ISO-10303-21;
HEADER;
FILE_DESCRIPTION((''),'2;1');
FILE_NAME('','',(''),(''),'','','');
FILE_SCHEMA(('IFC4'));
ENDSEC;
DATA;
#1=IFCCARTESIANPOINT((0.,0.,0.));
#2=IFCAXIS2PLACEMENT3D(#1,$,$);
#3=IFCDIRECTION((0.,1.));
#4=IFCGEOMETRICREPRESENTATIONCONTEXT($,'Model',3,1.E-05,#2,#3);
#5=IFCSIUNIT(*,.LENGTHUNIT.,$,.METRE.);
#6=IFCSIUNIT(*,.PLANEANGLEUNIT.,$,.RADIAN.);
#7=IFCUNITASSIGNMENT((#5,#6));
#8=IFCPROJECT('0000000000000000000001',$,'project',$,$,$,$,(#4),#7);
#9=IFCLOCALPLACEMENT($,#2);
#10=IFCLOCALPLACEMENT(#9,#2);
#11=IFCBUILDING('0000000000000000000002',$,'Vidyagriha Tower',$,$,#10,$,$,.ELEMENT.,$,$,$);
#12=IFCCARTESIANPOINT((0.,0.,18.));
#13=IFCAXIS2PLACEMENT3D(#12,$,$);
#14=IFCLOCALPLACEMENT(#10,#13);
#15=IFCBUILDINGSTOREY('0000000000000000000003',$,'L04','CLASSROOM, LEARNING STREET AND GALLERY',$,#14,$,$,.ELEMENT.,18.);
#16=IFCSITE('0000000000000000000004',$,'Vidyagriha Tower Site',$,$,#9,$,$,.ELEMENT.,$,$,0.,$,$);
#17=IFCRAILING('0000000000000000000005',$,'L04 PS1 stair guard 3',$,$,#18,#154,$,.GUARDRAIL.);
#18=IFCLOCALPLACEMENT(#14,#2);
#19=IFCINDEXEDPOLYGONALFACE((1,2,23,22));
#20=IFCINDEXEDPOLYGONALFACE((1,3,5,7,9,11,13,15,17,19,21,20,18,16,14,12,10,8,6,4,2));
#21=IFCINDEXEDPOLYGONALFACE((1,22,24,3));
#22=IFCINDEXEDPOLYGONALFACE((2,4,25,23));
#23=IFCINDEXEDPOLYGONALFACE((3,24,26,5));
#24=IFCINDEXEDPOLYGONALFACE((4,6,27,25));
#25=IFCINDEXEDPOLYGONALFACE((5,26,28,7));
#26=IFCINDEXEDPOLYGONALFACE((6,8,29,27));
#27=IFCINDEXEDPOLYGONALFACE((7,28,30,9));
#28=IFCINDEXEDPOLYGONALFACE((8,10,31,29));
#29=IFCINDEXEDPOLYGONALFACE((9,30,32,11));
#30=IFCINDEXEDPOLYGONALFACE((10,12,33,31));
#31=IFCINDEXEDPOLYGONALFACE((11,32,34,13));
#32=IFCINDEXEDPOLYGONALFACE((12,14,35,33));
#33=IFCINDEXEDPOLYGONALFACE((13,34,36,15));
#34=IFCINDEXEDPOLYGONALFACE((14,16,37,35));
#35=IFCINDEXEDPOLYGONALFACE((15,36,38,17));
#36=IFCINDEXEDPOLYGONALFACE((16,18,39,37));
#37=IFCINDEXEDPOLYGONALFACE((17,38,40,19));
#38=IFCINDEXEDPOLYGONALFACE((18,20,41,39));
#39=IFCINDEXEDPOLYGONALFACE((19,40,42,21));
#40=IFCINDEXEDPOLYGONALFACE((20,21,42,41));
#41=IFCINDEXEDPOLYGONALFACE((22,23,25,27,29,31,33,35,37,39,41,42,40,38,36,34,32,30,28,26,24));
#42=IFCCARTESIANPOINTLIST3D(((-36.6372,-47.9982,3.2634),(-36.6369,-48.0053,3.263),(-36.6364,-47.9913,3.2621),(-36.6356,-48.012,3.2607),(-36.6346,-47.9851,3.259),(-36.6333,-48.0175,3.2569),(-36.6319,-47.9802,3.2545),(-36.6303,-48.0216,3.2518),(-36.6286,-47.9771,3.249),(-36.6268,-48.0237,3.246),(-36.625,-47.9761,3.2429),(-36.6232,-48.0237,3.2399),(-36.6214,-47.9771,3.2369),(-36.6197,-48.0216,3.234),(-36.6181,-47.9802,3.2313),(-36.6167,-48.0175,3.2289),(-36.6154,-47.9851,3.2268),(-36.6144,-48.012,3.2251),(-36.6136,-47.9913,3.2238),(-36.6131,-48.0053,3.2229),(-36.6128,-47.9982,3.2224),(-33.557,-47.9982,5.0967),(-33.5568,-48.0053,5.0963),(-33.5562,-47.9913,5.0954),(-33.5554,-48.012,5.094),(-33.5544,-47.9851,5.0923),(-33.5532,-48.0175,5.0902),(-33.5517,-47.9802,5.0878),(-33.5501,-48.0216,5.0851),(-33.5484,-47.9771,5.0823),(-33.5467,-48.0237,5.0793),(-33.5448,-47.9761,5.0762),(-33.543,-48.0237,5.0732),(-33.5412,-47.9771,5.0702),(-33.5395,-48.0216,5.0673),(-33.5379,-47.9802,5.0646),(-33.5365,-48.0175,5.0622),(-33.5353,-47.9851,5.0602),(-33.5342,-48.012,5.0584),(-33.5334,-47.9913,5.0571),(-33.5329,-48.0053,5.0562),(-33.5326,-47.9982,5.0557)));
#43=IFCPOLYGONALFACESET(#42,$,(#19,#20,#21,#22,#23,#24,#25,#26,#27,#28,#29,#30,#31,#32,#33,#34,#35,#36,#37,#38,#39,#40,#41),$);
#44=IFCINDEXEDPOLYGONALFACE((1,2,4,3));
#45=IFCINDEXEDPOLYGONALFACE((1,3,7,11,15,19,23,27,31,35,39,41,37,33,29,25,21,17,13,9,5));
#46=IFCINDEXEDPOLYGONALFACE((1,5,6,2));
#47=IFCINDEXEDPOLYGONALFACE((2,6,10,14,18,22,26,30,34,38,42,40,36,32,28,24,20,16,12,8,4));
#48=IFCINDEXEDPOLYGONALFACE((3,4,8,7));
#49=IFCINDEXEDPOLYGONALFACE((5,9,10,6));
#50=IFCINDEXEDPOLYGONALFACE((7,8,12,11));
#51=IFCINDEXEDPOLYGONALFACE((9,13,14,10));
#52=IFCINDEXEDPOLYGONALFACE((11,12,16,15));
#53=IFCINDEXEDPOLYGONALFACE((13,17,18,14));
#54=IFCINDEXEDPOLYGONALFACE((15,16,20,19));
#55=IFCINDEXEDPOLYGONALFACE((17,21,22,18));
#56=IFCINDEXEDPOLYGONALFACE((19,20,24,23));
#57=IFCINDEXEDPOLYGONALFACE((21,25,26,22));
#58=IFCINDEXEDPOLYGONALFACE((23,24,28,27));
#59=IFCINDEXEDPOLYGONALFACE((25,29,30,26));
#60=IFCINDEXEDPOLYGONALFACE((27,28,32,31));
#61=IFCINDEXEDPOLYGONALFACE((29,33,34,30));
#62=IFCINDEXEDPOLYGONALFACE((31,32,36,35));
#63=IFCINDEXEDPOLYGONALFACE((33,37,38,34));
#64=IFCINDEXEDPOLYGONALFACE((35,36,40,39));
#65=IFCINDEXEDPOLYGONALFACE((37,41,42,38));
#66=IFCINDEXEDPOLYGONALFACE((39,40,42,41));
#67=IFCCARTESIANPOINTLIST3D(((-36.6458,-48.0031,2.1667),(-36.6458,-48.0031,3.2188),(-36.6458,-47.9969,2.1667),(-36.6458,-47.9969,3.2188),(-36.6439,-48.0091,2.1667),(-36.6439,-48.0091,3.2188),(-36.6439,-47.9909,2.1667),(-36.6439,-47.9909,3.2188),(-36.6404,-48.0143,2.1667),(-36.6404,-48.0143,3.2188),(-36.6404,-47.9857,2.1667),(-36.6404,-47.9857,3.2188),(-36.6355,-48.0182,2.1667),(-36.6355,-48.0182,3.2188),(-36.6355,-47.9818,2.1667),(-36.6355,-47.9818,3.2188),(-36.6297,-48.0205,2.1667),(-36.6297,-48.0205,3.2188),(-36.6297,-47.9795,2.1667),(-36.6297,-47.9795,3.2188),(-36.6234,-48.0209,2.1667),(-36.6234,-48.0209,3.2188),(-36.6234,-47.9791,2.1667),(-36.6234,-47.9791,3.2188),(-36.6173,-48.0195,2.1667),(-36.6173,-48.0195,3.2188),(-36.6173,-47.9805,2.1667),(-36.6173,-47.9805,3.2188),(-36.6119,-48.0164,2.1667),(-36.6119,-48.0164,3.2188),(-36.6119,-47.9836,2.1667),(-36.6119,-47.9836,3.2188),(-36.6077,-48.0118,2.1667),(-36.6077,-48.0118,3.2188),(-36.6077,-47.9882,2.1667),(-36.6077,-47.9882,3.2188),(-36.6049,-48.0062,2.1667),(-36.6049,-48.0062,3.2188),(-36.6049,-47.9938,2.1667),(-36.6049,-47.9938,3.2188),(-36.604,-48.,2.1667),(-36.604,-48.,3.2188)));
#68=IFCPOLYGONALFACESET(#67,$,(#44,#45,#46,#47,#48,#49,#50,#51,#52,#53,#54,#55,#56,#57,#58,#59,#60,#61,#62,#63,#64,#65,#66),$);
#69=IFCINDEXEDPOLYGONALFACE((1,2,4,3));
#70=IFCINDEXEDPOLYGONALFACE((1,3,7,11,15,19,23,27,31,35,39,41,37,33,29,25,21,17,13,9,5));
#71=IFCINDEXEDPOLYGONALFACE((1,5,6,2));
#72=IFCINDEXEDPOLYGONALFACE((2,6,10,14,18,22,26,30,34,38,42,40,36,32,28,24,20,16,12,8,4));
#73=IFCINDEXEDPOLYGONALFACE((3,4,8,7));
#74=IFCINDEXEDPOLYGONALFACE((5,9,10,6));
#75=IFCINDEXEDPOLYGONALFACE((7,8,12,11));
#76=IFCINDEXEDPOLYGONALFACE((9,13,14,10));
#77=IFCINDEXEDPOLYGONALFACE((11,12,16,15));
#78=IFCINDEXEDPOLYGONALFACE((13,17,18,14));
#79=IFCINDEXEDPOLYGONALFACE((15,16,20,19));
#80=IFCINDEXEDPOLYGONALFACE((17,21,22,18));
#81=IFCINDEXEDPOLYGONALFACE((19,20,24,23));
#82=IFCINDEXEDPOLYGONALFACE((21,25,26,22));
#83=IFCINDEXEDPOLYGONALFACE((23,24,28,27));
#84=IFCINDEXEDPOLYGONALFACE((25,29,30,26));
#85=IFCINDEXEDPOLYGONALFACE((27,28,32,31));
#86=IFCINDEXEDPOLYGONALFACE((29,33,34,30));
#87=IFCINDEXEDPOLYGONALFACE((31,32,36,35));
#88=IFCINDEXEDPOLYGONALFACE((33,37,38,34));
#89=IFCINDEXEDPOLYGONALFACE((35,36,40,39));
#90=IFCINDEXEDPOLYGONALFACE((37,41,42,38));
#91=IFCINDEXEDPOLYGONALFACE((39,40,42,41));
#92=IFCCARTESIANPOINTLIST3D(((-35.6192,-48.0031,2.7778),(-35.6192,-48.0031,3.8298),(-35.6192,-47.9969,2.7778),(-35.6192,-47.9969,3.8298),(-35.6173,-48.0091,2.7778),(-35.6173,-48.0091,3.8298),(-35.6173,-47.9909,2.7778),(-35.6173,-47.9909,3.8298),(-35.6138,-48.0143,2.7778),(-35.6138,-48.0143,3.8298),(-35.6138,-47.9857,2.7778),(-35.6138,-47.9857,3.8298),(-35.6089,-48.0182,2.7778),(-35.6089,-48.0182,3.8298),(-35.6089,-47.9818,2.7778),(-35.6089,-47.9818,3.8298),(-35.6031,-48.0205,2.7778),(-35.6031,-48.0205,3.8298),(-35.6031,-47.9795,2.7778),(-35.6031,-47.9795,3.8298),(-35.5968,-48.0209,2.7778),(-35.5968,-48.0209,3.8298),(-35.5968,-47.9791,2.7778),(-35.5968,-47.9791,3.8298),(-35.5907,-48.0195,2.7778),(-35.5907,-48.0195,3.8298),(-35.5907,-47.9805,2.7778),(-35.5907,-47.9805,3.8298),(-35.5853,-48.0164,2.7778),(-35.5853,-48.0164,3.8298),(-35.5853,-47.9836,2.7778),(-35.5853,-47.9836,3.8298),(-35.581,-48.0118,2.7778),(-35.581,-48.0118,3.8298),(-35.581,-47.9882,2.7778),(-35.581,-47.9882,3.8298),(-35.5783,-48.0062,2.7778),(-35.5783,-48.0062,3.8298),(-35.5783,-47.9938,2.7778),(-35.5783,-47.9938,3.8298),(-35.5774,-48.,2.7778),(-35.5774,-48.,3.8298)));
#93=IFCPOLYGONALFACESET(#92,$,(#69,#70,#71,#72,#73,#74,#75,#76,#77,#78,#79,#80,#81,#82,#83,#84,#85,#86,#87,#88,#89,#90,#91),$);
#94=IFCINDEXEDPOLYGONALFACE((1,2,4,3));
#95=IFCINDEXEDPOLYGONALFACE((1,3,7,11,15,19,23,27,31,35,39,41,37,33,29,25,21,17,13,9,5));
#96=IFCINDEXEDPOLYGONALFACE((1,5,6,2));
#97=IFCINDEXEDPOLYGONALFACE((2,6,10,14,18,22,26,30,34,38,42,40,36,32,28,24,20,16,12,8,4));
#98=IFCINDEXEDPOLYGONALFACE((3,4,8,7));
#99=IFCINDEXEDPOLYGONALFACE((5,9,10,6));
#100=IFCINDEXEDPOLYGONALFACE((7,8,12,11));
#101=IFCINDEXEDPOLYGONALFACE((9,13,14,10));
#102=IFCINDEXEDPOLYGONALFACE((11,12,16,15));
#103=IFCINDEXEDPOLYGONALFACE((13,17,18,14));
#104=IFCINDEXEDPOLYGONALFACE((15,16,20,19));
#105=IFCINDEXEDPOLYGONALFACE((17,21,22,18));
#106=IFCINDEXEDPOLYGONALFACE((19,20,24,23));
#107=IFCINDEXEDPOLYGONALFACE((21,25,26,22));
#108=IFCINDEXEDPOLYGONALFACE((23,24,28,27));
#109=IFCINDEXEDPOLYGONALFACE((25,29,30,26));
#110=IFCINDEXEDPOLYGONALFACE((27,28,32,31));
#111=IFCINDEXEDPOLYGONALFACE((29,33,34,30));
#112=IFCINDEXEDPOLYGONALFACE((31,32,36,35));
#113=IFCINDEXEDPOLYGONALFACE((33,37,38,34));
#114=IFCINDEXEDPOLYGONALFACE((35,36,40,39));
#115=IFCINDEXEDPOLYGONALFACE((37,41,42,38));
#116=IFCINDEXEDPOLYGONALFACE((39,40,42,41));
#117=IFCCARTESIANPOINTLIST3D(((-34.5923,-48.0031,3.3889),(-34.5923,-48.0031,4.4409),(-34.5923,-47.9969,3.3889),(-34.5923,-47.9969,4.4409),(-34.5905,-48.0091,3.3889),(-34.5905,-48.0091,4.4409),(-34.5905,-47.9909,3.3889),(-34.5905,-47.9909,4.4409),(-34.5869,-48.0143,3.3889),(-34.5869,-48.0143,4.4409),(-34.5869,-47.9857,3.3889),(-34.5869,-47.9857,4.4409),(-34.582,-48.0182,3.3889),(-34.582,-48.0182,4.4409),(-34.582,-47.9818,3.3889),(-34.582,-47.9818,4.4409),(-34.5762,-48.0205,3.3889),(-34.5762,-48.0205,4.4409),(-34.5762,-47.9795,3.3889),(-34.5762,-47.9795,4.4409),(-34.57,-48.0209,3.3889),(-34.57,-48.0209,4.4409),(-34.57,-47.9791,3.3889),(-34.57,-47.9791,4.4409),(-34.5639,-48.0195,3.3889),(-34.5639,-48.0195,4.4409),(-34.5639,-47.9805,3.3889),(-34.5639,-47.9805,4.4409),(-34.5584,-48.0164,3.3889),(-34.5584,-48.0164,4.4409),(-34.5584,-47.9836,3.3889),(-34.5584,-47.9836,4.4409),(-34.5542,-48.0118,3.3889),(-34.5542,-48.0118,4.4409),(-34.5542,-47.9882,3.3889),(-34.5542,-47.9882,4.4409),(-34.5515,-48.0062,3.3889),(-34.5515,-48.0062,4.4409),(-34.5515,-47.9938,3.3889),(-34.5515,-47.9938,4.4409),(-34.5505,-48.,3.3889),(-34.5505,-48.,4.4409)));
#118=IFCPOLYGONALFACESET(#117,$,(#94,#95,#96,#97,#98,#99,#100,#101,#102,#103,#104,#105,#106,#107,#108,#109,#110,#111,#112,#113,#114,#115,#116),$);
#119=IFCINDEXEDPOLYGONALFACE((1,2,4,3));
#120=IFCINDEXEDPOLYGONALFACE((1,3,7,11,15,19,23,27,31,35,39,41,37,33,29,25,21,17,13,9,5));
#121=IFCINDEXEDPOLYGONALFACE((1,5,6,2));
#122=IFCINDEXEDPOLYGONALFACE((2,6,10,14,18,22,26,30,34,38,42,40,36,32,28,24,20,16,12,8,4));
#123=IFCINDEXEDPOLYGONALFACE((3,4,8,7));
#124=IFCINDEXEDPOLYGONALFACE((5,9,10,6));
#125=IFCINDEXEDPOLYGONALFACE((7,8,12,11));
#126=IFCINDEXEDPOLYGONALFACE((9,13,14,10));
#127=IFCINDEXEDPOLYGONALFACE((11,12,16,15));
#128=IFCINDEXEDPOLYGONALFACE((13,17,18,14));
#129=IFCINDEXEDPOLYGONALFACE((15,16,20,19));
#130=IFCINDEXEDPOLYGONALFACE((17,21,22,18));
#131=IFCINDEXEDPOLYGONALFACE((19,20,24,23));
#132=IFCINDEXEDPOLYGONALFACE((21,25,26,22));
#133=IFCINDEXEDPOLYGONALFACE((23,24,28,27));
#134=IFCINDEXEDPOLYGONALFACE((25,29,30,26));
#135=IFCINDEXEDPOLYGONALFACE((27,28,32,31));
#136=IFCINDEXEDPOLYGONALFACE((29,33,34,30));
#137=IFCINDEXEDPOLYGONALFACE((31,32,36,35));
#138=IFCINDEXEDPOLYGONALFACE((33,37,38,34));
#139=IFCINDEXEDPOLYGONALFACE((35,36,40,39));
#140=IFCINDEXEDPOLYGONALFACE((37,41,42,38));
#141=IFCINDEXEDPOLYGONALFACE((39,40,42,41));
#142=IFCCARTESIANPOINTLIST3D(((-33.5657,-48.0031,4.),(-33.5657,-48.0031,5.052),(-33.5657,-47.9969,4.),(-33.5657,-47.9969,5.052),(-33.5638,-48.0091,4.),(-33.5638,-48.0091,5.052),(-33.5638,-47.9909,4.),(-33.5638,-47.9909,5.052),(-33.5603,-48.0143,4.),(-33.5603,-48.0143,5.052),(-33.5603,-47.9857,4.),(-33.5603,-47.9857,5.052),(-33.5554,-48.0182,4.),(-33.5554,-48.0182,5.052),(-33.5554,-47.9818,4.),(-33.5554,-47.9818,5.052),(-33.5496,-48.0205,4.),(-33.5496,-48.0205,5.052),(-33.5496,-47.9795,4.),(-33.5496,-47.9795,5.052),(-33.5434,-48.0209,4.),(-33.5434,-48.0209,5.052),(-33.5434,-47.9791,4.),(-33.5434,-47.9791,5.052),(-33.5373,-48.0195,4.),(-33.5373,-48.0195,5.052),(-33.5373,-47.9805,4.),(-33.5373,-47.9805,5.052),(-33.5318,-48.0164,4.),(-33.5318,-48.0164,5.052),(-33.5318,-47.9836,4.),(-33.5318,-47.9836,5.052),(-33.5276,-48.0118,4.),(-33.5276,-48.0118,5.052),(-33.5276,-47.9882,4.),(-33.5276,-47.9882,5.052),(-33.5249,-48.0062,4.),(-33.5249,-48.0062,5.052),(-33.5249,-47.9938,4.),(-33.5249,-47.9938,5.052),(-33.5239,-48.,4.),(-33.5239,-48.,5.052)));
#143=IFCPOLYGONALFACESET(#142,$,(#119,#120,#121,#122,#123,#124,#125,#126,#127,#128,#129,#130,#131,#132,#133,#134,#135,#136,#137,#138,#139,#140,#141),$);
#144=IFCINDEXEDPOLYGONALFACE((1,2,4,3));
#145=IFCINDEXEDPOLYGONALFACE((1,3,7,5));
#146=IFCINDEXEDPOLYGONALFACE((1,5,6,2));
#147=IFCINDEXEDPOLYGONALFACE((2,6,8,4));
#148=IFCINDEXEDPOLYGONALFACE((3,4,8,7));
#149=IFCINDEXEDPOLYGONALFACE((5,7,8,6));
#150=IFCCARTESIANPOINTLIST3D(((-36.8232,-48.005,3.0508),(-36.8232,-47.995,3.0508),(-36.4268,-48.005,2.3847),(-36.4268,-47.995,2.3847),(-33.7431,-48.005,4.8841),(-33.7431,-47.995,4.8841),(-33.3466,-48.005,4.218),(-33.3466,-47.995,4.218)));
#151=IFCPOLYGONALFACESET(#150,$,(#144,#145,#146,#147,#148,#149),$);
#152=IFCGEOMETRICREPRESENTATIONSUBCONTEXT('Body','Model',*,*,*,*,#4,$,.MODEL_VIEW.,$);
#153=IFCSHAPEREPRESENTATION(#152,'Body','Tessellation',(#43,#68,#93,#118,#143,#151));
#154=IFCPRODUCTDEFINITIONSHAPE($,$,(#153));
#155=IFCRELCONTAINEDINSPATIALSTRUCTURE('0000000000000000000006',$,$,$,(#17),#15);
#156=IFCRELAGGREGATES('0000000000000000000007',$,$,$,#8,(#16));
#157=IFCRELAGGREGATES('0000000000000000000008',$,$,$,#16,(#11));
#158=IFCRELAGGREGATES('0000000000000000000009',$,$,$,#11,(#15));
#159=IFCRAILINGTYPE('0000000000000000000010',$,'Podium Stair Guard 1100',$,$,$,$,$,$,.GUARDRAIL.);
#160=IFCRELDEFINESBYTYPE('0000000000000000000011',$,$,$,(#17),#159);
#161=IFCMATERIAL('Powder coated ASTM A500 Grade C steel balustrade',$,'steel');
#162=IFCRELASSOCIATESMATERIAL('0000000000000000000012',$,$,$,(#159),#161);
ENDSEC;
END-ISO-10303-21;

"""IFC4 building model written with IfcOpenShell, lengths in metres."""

from ifc_helpers import new_model, si_unit, direction, frame, origin, origin_2d, place, context, subcontext, project, spatial, rectangle, circle, extrude, material, type_object, element, save


model = new_model("IFC4")

# Units and contexts
model_context = context("Model", 3, precision=1e-05, world=origin(), true_north=direction((0.0, 1.0)))
body_context = subcontext(model_context, "Body", "Model", "MODEL_VIEW")
ifc_project = project(units=[si_unit("LENGTHUNIT", "METRE"), si_unit("PLANEANGLEUNIT", "RADIAN")], contexts=[model_context])

# Site, building, storey
site_placement = place(None, origin())
site = spatial("IfcSite", under=ifc_project, at=site_placement, Name="Vidyagriha Tower Site", CompositionType="ELEMENT", RefElevation=0.0)
building_placement = place(site_placement, origin())
building = spatial("IfcBuilding", under=site, at=building_placement, Name="Vidyagriha Tower", CompositionType="ELEMENT")
storey_placement = place(building_placement, frame((0.0, 0.0, 18.0)))
storey = spatial("IfcBuildingStorey", under=building, at=storey_placement, Name="L04", Description="CLASSROOM, LEARNING STREET AND GALLERY", CompositionType="ELEMENT", Elevation=18.0)

# Railing
ifc_material_1 = material(Name="Powder coated ASTM A500 Grade C steel balustrade", Category="steel")
railing_type_1 = type_object("IfcRailingType", Name="Podium Stair Guard 1100", PredefinedType="GUARDRAIL", material=ifc_material_1)
railing_1_placement = place(storey_placement, frame((-36.625, -48.0, 2.1667)))
element("IfcRailing", 1, at=railing_1_placement, inside=storey, type_object=railing_type_1, Name="L04 PS1 stair guard 3", PredefinedType="GUARDRAIL", context=body_context, shape_type="SweptSolid", body=[
    extrude(circle(Radius=0.0239, at=origin_2d()), frame((0.0, 0.0, 1.0762), z_axis=(0.859309, 0.0, 0.511458), x_axis=(0.0, 1.0, 0.0)), (0.0, 0.0, 1.0), 3.5845),
    extrude(circle(Radius=0.021, at=origin_2d()), origin(), (0.0, 0.0, 1.0), 1.052),
    extrude(circle(Radius=0.021, at=origin_2d()), frame((1.0266, 0.0, 0.6111)), (0.0, 0.0, 1.0), 1.052),
    extrude(circle(Radius=0.021, at=origin_2d()), frame((2.0535, 0.0, 1.2222)), (0.0, 0.0, 1.0), 1.052),
    extrude(circle(Radius=0.021, at=origin_2d()), frame((3.0801, 0.0, 1.8333)), (0.0, 0.0, 1.0), 1.052),
    extrude(rectangle(XDim=0.01, YDim=0.7751, at=origin_2d()), frame((0.0, 0.0, 0.551), z_axis=(0.859309, 0.0, 0.511458), x_axis=(0.0, 1.0, 0.0)), (0.0, 0.0, 1.0), 3.5845),
])

save(model, "model.ifc")
